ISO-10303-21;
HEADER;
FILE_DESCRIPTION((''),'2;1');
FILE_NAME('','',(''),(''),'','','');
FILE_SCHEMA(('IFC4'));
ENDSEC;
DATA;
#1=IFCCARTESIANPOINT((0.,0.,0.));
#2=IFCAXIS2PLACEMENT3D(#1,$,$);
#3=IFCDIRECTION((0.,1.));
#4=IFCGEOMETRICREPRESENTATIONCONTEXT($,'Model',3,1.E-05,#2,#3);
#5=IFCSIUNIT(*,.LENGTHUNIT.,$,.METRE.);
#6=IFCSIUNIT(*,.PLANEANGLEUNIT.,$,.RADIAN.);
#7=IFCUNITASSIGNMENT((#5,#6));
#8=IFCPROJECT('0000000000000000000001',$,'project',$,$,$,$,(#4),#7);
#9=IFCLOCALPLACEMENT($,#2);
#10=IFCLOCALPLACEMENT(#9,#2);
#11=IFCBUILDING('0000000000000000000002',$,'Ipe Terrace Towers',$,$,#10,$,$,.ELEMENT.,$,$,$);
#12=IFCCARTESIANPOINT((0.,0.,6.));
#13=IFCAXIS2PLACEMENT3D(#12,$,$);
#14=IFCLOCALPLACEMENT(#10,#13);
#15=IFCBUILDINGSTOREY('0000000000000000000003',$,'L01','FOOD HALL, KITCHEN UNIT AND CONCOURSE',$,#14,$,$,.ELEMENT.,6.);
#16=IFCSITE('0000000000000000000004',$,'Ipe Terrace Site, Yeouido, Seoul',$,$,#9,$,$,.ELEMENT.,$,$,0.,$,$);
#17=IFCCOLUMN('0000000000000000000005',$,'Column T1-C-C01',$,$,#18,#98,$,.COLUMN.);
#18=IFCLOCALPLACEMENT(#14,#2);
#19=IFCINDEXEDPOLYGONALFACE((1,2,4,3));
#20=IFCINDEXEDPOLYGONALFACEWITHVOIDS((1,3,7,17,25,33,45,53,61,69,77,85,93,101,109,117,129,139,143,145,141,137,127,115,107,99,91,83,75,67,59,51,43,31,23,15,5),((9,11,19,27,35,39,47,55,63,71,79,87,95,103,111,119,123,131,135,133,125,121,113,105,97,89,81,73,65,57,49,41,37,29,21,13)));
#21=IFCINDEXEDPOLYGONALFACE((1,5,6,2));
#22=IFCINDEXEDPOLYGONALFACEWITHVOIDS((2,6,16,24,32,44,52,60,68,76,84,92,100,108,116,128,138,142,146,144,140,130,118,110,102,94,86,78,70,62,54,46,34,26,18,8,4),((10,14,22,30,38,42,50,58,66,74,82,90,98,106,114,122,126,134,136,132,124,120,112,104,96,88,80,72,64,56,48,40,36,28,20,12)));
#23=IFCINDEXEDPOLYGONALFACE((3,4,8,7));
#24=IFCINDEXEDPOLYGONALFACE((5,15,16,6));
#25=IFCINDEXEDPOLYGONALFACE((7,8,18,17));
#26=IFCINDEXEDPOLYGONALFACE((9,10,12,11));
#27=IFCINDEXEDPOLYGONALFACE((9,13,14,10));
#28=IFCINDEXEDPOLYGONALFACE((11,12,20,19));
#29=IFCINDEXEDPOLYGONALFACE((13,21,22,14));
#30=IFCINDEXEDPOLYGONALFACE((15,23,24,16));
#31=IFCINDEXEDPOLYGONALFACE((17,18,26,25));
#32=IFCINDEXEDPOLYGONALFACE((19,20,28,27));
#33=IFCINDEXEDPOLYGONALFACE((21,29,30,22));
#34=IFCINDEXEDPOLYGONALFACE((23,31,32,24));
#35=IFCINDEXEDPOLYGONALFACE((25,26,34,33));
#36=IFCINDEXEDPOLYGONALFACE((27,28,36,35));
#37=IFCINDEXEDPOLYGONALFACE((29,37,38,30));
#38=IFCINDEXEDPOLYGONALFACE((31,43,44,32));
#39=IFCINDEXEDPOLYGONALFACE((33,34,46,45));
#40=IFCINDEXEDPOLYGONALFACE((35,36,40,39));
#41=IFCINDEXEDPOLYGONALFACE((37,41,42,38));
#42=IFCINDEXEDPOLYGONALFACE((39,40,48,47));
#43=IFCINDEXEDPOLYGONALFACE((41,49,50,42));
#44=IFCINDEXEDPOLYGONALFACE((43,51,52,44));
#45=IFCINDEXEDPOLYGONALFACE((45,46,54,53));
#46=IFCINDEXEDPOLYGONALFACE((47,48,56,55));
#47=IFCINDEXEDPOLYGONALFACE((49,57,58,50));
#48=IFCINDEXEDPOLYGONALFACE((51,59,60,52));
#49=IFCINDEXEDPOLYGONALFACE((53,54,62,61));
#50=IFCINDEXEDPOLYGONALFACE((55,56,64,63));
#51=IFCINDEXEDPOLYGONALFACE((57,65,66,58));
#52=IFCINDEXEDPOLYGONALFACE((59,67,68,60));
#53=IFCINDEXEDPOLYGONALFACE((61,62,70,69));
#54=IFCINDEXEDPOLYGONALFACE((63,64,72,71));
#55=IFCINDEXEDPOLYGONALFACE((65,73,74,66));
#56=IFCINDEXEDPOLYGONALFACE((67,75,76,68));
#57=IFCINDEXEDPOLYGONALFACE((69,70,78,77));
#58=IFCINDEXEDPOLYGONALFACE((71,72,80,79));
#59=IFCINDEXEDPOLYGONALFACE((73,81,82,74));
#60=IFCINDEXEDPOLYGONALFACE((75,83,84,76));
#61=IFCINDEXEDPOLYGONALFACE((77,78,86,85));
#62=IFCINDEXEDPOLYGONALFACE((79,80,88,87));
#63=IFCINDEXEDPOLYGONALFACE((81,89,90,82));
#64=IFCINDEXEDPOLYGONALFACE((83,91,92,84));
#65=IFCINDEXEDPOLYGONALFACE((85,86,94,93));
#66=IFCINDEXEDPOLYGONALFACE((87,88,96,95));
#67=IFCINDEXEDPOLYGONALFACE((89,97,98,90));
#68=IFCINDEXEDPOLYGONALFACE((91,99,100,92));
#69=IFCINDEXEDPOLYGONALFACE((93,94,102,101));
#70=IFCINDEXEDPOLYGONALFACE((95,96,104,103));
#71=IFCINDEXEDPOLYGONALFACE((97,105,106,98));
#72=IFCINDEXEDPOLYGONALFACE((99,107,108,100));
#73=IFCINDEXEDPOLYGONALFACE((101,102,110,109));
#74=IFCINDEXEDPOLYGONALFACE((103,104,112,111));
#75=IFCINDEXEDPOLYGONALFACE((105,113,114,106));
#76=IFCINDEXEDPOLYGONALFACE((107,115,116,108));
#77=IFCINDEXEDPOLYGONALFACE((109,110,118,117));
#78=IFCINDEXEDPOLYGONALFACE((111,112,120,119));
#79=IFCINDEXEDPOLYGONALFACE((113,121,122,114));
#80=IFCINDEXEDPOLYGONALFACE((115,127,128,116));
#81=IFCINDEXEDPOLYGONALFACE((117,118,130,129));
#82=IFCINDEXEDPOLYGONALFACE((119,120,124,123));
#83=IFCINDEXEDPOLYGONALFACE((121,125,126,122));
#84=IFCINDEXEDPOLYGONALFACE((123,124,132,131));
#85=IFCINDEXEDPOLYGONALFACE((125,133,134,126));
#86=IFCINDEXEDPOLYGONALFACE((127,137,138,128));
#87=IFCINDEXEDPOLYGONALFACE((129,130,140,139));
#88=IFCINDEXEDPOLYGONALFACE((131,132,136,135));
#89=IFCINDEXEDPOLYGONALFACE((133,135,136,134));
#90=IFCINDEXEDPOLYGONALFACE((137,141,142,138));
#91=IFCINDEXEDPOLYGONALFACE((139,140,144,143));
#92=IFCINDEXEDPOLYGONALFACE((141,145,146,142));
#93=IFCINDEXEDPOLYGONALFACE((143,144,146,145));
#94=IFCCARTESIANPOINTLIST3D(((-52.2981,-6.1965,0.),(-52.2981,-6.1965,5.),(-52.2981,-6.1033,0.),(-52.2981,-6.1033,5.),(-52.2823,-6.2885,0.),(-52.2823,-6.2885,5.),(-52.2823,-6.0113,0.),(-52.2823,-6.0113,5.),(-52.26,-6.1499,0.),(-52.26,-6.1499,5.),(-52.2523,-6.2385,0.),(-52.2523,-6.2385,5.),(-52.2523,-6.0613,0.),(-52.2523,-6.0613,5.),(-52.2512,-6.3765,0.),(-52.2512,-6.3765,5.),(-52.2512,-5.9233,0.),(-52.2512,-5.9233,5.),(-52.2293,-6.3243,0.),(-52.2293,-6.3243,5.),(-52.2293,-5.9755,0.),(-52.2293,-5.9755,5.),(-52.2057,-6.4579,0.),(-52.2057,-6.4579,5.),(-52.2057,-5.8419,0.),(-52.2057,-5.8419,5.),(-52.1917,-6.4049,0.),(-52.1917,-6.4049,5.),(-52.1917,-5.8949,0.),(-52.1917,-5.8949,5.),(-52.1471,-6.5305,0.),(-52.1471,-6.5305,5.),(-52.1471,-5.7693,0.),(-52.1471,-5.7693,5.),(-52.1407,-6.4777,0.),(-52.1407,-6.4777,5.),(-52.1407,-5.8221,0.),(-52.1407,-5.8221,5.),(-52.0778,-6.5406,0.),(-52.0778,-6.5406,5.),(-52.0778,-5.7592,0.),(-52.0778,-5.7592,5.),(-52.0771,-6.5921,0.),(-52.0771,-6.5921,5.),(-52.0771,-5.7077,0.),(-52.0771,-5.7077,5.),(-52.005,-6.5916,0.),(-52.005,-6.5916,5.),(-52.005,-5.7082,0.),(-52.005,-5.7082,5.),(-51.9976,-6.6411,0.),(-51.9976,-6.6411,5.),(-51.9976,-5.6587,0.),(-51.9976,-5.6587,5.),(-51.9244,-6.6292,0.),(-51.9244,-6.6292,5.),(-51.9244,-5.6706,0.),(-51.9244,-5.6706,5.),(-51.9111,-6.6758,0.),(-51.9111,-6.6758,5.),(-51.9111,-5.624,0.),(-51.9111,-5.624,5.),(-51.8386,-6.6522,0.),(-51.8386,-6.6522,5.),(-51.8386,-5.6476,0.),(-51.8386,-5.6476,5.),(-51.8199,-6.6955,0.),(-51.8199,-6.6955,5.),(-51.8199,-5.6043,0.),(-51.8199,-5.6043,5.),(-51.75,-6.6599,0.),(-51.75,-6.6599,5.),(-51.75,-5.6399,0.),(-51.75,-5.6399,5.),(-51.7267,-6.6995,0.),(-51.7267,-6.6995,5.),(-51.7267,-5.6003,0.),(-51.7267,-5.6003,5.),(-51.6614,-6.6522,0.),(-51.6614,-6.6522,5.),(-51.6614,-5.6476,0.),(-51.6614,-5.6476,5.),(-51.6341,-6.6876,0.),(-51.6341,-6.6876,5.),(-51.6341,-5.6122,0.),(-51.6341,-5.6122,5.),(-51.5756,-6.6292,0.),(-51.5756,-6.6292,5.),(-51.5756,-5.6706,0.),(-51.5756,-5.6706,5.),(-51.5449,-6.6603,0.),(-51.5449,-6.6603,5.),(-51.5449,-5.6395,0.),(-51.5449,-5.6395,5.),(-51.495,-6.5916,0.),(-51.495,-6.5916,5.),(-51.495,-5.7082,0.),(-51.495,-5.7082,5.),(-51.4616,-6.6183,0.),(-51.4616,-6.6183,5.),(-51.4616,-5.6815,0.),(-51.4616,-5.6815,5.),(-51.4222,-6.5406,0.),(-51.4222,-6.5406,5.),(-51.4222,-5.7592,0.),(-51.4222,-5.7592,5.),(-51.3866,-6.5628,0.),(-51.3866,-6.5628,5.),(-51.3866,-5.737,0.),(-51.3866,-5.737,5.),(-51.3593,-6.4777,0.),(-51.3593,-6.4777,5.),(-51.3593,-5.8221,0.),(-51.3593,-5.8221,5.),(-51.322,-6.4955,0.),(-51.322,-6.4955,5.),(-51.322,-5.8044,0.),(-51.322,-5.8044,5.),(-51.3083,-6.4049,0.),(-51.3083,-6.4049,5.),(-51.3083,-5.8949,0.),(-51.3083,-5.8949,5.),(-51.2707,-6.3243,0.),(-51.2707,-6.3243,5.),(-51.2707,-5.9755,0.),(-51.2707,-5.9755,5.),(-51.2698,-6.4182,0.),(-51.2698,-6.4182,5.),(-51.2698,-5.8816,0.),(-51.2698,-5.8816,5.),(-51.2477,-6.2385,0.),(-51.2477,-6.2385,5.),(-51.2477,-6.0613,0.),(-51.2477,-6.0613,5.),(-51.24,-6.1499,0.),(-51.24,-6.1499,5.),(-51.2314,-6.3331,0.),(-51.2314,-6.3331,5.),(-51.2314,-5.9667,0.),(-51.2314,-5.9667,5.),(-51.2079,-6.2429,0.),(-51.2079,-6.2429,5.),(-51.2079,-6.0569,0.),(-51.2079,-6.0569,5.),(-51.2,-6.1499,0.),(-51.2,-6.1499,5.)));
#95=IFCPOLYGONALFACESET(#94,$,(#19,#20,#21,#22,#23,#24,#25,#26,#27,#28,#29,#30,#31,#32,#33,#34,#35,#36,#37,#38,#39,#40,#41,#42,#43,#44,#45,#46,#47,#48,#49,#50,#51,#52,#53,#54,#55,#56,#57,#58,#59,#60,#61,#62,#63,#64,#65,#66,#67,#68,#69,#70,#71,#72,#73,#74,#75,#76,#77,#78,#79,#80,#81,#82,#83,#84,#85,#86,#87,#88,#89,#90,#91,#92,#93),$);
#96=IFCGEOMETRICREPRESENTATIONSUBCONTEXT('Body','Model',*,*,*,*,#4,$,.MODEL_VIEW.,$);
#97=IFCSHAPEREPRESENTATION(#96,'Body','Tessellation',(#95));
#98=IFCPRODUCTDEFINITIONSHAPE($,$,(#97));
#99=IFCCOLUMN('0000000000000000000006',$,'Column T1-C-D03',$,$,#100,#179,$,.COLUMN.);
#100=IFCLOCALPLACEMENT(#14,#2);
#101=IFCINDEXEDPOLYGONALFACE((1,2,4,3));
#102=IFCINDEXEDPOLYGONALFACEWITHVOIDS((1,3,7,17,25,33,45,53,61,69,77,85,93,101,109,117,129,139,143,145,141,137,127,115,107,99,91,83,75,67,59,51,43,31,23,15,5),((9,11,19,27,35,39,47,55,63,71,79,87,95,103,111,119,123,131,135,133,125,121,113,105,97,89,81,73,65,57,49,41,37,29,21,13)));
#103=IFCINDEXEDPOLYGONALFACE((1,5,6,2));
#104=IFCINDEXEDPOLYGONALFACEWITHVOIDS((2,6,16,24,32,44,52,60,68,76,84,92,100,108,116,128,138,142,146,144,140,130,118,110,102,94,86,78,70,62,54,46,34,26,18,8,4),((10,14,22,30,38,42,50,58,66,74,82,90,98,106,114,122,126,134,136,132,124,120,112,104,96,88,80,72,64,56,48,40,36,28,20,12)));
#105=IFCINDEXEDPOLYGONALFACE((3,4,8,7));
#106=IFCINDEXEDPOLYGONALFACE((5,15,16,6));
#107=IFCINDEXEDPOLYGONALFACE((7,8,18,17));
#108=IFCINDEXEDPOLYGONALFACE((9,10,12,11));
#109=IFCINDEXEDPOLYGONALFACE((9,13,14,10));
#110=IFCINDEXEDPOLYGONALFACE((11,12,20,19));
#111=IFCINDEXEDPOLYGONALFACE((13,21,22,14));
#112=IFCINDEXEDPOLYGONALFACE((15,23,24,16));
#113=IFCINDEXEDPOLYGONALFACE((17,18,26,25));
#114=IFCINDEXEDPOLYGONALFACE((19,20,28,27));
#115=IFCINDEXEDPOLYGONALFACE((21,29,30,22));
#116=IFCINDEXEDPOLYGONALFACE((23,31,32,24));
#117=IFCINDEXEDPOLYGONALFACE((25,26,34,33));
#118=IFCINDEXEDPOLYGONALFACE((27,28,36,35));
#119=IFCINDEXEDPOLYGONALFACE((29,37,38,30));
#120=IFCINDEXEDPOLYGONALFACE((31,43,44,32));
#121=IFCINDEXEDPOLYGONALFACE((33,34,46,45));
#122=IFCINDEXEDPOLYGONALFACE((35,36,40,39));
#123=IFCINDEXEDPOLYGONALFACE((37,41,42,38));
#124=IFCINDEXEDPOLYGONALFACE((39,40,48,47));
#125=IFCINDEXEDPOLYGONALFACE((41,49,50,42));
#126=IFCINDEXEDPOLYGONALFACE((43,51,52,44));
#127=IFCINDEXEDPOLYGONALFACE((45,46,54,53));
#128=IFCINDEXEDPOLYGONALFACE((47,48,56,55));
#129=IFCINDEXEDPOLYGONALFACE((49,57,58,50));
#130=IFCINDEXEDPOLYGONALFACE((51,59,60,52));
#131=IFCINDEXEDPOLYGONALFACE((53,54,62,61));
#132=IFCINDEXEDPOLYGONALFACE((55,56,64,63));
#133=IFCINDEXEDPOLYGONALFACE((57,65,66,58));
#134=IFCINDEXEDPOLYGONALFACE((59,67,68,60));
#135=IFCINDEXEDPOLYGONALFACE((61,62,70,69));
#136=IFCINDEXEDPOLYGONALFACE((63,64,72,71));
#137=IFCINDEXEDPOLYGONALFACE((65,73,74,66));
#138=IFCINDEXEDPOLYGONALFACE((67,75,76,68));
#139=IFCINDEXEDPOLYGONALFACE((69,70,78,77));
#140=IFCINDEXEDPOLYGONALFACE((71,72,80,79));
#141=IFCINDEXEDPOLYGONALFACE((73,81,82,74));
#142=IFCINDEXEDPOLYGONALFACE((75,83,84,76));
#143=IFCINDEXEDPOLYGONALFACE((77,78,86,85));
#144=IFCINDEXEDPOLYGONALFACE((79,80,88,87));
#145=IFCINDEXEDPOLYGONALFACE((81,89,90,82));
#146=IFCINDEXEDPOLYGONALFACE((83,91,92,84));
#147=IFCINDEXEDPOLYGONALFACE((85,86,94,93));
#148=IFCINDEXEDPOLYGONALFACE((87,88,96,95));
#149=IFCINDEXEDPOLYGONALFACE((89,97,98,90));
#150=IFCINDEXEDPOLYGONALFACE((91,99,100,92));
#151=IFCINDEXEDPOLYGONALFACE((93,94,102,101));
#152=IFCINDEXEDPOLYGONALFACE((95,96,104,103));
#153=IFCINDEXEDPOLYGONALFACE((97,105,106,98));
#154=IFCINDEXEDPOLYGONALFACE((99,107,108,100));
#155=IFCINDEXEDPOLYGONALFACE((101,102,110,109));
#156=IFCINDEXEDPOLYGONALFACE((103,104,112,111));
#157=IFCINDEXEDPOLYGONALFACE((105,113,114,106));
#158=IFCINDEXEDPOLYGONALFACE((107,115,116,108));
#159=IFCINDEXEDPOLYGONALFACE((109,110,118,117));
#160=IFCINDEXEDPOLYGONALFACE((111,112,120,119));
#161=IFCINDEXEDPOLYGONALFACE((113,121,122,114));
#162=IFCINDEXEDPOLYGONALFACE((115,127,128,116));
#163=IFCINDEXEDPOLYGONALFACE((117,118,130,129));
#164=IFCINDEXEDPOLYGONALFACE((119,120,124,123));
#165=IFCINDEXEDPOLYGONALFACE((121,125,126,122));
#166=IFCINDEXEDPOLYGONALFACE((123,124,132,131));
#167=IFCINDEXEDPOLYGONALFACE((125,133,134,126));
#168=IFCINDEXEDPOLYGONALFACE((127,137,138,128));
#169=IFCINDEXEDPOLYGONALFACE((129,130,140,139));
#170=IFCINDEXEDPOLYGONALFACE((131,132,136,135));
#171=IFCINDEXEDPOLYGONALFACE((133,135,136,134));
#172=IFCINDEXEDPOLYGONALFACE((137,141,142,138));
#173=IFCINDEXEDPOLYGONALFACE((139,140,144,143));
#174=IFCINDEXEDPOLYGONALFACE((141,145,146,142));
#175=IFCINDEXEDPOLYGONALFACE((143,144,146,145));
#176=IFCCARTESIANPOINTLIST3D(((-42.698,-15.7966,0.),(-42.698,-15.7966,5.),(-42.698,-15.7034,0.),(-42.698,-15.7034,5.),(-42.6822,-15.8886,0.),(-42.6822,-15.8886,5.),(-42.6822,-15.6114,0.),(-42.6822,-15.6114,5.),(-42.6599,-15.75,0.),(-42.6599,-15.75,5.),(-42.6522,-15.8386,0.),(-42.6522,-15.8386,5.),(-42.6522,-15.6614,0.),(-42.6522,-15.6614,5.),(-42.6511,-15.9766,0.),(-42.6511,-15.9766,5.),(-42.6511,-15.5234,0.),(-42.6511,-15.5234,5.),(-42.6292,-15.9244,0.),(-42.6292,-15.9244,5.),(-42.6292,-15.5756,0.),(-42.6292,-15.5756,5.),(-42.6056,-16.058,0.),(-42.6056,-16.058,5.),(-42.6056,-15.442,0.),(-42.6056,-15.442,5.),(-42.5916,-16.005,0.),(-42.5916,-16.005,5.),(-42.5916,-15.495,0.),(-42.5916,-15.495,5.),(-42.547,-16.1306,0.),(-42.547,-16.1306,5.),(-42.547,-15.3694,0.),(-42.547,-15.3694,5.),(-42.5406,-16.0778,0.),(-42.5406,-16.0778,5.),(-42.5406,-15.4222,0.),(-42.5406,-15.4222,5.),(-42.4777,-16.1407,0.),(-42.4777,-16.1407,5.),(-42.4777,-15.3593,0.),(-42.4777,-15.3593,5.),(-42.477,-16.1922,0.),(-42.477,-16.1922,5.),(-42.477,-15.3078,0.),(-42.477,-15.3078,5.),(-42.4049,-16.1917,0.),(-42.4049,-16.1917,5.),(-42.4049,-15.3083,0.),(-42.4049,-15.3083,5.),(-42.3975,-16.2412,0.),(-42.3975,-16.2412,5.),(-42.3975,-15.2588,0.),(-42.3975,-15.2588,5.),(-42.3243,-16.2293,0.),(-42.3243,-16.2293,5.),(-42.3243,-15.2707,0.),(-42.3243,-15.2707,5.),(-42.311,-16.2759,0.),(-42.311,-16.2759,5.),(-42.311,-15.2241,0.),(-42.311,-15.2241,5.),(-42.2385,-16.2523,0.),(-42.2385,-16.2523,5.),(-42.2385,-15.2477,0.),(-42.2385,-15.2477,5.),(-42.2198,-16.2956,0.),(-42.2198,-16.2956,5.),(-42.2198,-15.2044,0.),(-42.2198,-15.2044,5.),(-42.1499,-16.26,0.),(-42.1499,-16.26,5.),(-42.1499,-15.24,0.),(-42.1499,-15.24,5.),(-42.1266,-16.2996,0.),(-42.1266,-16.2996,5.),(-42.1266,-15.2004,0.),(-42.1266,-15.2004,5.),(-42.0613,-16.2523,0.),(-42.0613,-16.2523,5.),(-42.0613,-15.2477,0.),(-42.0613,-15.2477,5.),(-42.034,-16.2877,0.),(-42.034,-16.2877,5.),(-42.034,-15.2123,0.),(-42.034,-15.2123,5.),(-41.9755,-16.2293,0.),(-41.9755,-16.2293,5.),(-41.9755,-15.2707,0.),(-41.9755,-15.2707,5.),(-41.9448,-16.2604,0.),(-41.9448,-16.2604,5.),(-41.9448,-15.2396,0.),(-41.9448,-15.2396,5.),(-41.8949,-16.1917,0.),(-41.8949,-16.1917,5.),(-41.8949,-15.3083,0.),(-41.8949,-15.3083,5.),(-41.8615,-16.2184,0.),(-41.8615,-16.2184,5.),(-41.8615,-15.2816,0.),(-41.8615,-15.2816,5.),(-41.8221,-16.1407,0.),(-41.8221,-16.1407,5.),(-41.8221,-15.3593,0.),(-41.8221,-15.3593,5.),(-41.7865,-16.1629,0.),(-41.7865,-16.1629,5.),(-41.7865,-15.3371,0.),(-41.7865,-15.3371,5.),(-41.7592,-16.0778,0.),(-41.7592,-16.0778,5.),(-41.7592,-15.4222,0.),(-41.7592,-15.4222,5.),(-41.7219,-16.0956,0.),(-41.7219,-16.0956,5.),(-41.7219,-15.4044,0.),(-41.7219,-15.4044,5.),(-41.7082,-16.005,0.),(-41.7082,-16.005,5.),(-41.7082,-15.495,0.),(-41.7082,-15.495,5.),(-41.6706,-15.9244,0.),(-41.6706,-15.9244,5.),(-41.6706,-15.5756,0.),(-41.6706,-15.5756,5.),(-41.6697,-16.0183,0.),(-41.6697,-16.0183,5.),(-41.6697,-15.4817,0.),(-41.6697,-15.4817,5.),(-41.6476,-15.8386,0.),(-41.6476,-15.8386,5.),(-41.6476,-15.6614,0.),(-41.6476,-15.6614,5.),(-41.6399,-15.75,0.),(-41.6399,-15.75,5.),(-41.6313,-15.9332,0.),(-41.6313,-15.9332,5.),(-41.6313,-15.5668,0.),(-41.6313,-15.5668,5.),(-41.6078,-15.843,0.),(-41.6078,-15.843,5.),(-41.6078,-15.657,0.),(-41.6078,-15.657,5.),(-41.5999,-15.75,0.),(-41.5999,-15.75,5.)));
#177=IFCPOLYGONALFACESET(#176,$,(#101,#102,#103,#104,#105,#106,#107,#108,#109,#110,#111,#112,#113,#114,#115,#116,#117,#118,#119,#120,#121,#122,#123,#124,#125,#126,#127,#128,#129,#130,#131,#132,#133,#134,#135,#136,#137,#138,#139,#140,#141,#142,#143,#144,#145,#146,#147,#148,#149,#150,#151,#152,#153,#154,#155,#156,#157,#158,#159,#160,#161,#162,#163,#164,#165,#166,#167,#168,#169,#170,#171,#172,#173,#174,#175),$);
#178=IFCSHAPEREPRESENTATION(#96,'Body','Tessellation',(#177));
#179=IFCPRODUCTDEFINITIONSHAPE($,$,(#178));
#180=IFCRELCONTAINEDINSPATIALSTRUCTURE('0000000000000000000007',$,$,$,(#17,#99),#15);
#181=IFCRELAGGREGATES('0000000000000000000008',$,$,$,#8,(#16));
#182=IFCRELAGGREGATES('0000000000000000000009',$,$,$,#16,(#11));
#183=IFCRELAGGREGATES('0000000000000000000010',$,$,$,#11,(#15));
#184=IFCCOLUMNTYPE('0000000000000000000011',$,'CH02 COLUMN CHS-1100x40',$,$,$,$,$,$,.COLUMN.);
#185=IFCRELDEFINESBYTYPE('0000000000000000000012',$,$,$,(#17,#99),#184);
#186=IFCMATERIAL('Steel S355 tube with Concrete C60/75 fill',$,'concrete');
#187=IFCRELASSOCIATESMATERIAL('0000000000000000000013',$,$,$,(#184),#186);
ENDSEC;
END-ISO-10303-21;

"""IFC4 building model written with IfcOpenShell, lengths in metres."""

from ifc_helpers import new_model, si_unit, direction, frame, origin, origin_2d, place, context, subcontext, project, spatial, hollow_circle, extrude, material, material_profile, profile_set, type_object, element, save


model = new_model("IFC4")

# Units and contexts
model_context = context("Model", 3, precision=1e-05, world=origin(), true_north=direction((0.0, 1.0)))
body_context = subcontext(model_context, "Body", "Model", "MODEL_VIEW")
ifc_project = project(units=[si_unit("LENGTHUNIT", "METRE"), si_unit("PLANEANGLEUNIT", "RADIAN")], contexts=[model_context])

# Site, building, storey
site_placement = place(None, origin())
site = spatial("IfcSite", under=ifc_project, at=site_placement, Name="Ipe Terrace Site, Yeouido, Seoul", CompositionType="ELEMENT", RefElevation=0.0)
building_placement = place(site_placement, origin())
building = spatial("IfcBuilding", under=site, at=building_placement, Name="Ipe Terrace Towers", CompositionType="ELEMENT")
storey_placement = place(building_placement, frame((0.0, 0.0, 6.0)))
storey = spatial("IfcBuildingStorey", under=building, at=storey_placement, Name="L01", Description="FOOD HALL, KITCHEN UNIT AND CONCOURSE", CompositionType="ELEMENT", Elevation=6.0)

# Columns
ifc_material_1 = material(Name="Steel S355 tube with Concrete C60/75 fill", Category="concrete")
ifc_material_profile_1 = material_profile(ifc_material_1, hollow_circle(Radius=0.55, WallThickness=0.04, at=origin_2d()), Name="CHS-1100x40")
ifc_profile_set_1 = profile_set([ifc_material_profile_1], Name="Steel S355 tube with Concrete C60/75 fill")
column_type_1 = type_object("IfcColumnType", Name="CH02 COLUMN CHS-1100x40", PredefinedType="COLUMN", material=ifc_profile_set_1)
for number, where, z_axis, x_axis, name in (
    (1, (-51.75, -6.1499, 0.0), (0.0, 0.0, 1.0), (1.0, 0.0, 0.0), "Column T1-C-C01"),
    (2, (-42.1499, -15.75, 0.0), (0.0, 0.0, 1.0), (1.0, 0.0, 0.0), "Column T1-C-D03"),
):
    element("IfcColumn", number, at=place(storey_placement, frame(where, z_axis=z_axis, x_axis=x_axis)), inside=storey, type_object=column_type_1, Name=name, PredefinedType="COLUMN", context=body_context, shape_type="SweptSolid", body=[
        extrude(hollow_circle(Radius=0.55, WallThickness=0.04, at=origin_2d()), origin(), (0.0, 0.0, 1.0), 5.0),
    ])

save(model, "model.ifc")
